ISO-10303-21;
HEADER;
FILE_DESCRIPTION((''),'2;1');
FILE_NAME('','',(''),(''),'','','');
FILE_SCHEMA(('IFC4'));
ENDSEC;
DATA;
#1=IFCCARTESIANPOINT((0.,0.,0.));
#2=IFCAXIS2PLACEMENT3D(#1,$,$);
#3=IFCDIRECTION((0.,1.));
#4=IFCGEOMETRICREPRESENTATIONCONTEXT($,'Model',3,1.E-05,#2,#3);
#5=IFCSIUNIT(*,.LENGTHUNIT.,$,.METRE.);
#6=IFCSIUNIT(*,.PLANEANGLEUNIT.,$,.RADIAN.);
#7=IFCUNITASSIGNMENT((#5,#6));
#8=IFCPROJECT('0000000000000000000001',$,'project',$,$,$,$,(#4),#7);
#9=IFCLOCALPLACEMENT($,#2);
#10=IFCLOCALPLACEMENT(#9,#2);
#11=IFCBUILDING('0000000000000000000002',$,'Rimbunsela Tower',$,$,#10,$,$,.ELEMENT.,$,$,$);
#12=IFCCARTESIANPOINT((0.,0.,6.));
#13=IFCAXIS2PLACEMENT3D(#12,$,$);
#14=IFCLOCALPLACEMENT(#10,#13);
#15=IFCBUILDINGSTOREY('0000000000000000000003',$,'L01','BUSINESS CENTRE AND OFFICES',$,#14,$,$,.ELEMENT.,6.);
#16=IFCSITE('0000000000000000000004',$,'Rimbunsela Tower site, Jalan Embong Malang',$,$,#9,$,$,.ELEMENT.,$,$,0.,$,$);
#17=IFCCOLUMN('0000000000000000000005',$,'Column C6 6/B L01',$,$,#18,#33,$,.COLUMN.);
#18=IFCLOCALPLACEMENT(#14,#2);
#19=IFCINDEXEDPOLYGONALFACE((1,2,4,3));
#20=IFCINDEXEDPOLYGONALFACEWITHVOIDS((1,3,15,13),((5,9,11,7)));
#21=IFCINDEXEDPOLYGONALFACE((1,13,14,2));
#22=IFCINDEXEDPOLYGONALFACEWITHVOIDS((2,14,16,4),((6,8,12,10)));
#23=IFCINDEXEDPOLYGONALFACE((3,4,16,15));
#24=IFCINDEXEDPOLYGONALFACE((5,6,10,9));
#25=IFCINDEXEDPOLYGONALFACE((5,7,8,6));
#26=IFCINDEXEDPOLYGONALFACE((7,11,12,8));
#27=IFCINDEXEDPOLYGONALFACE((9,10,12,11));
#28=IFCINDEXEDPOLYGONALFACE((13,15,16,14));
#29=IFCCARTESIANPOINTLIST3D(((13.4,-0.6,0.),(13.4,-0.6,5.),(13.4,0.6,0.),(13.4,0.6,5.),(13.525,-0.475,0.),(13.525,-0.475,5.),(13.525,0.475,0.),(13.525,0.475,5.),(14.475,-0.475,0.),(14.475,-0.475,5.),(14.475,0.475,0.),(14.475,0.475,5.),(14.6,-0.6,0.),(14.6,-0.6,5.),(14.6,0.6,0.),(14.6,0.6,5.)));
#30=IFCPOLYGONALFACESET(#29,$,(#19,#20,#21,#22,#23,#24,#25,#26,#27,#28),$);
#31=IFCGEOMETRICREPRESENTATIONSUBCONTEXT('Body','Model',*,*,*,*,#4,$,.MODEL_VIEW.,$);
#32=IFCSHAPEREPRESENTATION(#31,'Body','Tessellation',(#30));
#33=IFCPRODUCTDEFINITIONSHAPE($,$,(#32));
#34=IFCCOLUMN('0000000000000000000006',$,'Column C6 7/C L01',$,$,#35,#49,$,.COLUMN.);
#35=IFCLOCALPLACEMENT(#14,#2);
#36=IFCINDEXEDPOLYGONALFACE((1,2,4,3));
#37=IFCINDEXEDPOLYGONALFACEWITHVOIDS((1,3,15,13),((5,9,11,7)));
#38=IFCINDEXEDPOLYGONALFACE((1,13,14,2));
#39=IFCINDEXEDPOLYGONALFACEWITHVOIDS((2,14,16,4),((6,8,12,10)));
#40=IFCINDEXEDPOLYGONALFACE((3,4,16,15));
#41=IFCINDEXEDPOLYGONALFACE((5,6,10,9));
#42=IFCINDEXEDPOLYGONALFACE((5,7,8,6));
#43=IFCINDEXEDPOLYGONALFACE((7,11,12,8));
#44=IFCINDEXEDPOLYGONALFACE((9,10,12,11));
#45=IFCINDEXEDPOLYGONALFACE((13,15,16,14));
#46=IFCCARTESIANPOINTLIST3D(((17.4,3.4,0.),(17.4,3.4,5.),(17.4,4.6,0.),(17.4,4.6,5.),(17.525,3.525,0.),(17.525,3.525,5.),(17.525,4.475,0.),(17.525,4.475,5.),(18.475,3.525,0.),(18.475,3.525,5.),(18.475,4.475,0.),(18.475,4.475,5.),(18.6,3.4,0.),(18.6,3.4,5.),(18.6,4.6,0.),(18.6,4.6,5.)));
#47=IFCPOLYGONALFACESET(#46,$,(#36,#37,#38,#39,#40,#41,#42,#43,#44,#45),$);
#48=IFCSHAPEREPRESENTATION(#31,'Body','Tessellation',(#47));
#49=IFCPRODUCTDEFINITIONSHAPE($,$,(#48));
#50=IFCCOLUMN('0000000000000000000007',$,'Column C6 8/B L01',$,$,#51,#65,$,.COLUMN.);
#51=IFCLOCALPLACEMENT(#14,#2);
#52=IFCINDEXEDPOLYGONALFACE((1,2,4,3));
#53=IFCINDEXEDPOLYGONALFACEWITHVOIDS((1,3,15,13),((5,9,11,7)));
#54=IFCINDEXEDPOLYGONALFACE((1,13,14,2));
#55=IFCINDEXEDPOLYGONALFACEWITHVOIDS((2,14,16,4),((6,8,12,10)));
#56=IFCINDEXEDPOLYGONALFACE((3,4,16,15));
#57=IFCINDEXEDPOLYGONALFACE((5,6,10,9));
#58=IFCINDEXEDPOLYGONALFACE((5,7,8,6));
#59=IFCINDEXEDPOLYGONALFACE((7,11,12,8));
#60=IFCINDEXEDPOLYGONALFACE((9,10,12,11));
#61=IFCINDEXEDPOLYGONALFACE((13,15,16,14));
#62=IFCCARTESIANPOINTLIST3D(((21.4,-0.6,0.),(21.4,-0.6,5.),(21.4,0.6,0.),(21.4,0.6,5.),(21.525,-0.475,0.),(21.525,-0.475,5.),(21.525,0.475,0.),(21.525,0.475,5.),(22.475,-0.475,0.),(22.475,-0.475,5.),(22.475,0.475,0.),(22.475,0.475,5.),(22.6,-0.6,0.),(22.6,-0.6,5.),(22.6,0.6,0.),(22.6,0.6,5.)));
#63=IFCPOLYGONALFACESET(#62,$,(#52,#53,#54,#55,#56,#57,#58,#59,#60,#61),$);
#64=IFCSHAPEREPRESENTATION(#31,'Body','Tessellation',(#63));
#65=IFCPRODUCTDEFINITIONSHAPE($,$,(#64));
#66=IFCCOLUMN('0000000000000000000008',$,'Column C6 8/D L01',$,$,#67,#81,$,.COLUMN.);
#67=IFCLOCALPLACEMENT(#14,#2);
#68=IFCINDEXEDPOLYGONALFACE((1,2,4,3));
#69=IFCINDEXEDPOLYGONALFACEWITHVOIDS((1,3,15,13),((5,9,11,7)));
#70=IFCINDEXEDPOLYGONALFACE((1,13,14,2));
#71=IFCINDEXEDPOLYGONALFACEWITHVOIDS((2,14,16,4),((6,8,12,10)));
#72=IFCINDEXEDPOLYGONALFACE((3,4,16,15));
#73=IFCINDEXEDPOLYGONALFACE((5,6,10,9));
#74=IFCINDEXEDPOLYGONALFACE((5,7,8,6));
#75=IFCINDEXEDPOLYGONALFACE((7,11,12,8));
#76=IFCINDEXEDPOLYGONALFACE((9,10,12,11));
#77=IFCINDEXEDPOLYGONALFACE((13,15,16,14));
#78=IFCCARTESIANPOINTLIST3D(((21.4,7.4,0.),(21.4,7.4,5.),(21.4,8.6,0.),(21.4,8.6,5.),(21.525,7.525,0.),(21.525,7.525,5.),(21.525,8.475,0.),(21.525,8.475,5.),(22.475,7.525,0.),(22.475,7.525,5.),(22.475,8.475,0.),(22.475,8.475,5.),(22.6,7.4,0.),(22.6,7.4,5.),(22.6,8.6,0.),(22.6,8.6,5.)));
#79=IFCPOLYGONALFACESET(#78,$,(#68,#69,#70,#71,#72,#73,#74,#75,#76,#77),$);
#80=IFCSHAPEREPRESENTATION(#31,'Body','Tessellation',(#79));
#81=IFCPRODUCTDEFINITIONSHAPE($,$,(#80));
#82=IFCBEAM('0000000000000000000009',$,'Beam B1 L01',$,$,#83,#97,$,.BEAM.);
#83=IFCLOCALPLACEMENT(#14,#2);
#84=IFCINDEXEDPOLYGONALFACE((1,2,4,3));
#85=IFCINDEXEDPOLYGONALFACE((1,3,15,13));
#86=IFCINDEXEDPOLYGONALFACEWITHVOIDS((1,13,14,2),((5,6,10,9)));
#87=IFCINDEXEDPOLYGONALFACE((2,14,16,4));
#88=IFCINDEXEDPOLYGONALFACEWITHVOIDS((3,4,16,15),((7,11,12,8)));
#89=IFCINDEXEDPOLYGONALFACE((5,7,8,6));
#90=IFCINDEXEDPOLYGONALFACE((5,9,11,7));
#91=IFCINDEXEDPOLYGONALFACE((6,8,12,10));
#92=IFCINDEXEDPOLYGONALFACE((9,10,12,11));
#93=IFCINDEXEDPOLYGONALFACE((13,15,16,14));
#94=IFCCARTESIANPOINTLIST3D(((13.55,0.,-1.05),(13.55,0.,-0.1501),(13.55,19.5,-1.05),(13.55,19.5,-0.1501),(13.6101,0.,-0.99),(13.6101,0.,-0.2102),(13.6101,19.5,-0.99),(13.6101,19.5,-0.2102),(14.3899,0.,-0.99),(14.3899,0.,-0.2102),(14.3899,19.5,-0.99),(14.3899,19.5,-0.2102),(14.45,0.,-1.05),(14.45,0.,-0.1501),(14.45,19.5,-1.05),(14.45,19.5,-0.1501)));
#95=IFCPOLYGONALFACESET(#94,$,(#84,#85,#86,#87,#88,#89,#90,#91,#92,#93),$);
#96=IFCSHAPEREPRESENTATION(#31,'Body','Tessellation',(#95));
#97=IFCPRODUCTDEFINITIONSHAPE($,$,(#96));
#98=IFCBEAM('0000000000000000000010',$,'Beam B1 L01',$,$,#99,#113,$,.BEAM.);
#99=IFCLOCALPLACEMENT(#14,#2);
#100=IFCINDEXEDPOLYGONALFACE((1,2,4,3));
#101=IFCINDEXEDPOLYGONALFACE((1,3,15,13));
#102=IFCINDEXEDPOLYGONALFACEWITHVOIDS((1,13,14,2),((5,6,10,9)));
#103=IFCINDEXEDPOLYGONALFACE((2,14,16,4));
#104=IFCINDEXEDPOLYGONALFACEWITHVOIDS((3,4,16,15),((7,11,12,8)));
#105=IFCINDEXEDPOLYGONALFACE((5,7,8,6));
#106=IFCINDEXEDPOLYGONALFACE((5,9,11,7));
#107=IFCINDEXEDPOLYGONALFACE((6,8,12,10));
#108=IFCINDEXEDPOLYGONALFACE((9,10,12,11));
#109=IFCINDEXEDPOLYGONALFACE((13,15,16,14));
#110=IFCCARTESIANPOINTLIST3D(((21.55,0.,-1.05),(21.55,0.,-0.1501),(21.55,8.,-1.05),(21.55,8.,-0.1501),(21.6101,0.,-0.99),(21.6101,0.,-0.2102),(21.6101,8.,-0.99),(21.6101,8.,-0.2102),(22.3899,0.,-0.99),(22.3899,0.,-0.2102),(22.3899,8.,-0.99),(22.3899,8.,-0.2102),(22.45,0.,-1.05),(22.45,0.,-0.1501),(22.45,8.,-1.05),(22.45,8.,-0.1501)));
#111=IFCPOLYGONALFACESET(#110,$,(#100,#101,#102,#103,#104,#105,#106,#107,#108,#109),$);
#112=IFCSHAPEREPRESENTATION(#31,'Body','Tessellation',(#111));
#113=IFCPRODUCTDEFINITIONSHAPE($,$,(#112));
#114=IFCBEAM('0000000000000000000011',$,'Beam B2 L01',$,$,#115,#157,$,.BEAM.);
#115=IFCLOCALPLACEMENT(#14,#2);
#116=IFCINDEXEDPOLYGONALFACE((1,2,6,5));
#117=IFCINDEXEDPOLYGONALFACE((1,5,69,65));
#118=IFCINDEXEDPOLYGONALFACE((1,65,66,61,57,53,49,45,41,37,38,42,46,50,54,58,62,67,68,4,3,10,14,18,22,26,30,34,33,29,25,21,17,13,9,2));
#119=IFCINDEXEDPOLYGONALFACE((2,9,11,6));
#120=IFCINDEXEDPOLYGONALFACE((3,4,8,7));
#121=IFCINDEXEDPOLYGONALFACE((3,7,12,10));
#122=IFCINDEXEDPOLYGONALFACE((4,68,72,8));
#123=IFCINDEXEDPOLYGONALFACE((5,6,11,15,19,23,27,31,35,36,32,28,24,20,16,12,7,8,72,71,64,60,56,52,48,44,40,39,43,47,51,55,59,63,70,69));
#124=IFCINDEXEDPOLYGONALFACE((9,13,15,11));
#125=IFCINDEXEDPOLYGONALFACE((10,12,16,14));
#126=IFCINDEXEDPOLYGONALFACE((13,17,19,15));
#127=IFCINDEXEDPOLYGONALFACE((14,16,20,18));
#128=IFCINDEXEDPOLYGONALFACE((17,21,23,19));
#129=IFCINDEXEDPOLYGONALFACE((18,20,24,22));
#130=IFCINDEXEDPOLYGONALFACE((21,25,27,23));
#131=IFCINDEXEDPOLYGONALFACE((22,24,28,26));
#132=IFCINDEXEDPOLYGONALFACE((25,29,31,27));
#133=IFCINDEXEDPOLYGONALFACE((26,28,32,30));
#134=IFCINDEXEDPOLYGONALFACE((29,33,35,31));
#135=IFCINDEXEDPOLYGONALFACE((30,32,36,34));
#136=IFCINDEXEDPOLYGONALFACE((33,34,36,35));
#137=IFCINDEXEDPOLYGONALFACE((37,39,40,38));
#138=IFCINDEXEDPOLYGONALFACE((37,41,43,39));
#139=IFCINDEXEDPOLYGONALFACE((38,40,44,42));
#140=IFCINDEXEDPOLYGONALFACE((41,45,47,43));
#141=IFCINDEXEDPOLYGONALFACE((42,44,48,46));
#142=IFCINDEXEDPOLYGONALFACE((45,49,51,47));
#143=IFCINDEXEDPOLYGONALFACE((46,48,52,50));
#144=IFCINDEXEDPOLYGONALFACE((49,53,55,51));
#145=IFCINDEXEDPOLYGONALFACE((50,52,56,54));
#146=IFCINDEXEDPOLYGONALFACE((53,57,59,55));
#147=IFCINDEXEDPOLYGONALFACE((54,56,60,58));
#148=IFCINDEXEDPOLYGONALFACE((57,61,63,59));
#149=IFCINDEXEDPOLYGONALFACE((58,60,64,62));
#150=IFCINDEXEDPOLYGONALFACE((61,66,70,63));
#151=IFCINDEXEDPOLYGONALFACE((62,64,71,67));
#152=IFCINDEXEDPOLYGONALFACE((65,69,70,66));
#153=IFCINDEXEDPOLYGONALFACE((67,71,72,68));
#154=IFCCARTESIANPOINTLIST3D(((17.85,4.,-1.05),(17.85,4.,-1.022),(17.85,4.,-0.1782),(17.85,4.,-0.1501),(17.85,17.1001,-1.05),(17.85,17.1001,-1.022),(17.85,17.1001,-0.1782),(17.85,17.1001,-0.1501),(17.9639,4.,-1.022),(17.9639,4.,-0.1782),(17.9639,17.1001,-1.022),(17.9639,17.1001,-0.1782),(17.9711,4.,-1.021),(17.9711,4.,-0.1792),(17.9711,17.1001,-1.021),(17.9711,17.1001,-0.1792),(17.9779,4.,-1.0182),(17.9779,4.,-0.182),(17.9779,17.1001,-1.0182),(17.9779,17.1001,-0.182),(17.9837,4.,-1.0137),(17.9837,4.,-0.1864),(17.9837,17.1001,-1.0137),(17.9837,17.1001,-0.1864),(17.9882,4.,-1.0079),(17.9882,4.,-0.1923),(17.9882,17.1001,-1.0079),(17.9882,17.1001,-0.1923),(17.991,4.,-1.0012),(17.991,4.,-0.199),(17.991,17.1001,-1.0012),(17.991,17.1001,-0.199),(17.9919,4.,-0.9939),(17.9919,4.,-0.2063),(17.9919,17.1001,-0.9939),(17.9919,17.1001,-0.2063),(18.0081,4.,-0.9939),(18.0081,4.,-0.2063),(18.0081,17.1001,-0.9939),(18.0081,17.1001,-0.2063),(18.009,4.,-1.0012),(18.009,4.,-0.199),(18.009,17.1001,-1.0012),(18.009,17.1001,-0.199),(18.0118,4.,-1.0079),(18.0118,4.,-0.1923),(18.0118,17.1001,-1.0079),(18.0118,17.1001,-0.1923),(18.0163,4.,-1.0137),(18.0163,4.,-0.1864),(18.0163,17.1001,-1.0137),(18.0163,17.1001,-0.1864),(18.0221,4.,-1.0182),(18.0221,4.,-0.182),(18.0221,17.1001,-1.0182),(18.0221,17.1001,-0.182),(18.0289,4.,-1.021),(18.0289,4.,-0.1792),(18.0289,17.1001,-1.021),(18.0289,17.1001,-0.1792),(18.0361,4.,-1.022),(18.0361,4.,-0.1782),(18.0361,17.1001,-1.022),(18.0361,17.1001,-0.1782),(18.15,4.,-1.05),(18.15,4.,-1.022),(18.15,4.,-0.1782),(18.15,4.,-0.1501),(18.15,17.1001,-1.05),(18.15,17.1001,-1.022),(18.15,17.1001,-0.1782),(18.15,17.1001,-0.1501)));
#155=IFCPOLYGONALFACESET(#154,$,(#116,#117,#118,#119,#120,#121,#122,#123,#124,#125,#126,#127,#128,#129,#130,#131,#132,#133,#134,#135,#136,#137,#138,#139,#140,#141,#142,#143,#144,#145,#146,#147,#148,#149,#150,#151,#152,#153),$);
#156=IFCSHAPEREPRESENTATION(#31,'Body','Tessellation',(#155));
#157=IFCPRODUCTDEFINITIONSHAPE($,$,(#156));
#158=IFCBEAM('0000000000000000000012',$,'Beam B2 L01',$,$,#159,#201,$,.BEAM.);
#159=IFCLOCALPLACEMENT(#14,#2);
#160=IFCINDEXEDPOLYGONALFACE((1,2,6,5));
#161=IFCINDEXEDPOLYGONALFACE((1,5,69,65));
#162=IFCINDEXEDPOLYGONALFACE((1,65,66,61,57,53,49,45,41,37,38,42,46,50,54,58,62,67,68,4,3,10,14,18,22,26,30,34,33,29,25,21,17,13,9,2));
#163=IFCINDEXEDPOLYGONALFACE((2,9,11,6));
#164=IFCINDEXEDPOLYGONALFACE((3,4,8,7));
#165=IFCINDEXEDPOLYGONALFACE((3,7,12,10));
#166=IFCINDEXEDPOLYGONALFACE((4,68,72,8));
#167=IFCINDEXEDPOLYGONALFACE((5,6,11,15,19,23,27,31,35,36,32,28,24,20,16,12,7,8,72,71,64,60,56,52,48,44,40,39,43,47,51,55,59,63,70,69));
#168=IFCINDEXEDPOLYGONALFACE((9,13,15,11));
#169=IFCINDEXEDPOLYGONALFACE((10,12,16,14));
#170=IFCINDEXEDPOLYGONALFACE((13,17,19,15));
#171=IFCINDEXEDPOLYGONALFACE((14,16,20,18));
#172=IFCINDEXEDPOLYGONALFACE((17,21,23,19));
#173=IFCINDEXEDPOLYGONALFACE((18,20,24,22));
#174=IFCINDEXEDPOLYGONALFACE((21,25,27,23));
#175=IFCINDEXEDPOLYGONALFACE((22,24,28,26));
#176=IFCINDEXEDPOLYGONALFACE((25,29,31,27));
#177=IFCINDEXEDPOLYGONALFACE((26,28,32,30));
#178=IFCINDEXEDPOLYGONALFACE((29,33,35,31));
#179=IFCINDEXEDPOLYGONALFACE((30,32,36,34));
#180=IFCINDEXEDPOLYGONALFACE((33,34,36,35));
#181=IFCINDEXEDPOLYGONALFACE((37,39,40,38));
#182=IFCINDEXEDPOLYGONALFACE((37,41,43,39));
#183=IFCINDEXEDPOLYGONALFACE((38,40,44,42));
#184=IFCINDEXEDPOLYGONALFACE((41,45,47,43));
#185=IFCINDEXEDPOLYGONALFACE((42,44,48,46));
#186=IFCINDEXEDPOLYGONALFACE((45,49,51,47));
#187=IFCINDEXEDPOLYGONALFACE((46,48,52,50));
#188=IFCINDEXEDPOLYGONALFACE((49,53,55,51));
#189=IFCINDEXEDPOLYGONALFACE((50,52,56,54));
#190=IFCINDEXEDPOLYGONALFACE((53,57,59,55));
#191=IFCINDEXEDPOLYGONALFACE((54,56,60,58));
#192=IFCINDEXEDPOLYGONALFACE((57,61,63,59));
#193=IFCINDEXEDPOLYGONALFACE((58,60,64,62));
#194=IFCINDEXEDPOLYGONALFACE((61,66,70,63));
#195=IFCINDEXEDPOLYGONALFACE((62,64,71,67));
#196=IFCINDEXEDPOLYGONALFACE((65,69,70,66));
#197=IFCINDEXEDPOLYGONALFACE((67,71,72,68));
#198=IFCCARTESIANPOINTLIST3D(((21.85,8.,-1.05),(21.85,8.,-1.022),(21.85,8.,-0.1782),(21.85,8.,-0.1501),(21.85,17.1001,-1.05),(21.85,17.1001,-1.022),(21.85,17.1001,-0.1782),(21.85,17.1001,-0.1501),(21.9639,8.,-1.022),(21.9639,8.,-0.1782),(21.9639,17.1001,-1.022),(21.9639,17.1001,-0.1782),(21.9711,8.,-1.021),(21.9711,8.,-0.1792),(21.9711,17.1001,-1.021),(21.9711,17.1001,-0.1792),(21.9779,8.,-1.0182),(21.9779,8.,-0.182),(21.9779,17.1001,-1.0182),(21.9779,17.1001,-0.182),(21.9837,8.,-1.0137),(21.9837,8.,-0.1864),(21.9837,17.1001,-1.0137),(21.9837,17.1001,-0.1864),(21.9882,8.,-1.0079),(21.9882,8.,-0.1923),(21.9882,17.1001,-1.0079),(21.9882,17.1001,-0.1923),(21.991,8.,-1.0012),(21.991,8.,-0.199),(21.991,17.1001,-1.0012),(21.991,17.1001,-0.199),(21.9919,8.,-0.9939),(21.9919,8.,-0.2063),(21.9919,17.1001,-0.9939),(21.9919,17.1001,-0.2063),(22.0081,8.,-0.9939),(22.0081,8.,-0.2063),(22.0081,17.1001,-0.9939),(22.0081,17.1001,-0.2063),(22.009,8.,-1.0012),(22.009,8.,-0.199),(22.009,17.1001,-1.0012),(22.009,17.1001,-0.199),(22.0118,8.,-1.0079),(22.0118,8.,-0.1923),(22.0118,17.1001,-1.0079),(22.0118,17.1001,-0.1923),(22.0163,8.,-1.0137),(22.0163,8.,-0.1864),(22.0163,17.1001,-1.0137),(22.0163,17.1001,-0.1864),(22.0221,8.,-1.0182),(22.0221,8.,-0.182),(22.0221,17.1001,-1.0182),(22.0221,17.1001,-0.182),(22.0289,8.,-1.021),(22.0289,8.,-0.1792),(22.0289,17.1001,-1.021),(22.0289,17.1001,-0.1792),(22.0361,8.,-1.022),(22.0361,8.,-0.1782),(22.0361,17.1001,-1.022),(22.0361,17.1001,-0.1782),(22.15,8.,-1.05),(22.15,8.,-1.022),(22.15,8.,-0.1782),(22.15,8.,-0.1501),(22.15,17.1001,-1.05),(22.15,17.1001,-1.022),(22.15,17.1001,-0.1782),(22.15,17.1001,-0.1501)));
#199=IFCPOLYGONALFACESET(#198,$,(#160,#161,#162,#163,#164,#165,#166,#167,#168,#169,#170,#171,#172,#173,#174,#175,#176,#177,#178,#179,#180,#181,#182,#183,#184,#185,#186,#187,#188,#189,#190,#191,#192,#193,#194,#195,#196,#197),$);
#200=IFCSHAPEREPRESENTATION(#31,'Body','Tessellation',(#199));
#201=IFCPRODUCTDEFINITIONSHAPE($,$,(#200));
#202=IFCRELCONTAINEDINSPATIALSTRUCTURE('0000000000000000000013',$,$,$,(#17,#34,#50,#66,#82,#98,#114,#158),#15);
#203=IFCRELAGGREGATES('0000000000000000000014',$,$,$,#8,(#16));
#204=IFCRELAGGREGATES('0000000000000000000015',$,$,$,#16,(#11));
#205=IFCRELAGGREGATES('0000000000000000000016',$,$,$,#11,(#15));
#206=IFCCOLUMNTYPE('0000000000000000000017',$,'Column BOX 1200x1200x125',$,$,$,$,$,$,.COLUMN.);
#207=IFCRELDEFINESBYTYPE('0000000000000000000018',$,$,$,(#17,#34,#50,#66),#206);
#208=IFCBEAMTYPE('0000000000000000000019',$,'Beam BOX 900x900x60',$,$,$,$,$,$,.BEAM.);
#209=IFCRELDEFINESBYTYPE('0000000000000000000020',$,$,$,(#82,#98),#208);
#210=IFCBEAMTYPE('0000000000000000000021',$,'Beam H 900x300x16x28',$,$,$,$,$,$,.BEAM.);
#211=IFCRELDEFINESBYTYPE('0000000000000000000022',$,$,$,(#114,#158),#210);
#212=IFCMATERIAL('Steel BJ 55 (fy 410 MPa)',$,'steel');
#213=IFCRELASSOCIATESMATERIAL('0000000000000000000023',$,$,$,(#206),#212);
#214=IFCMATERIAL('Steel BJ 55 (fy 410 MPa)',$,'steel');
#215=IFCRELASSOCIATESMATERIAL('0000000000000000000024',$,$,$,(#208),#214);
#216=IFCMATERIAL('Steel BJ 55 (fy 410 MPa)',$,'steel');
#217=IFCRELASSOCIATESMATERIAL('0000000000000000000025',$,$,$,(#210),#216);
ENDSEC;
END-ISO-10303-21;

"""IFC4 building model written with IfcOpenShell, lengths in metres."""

from ifc_helpers import new_model, si_unit, direction, frame, origin, origin_2d, place, context, subcontext, project, spatial, hollow_rectangle, i_section, extrude, material, material_profile, profile_set, type_object, element, save


model = new_model("IFC4")

# Units and contexts
model_context = context("Model", 3, precision=1e-05, world=origin(), true_north=direction((0.0, 1.0)))
body_context = subcontext(model_context, "Body", "Model", "MODEL_VIEW")
ifc_project = project(units=[si_unit("LENGTHUNIT", "METRE"), si_unit("PLANEANGLEUNIT", "RADIAN")], contexts=[model_context])

# Site, building, storey
site_placement = place(None, origin())
site = spatial("IfcSite", under=ifc_project, at=site_placement, Name="Rimbunsela Tower site, Jalan Embong Malang", CompositionType="ELEMENT", RefElevation=0.0)
building_placement = place(site_placement, origin())
building = spatial("IfcBuilding", under=site, at=building_placement, Name="Rimbunsela Tower", CompositionType="ELEMENT")
storey_placement = place(building_placement, frame((0.0, 0.0, 6.0)))
storey = spatial("IfcBuildingStorey", under=building, at=storey_placement, Name="L01", Description="BUSINESS CENTRE AND OFFICES", CompositionType="ELEMENT", Elevation=6.0)

# Columns
ifc_material_1 = material(Name="Steel BJ 55 (fy 410 MPa)", Category="steel")
ifc_material_profile_1 = material_profile(ifc_material_1, hollow_rectangle(XDim=1.2, YDim=1.2, WallThickness=0.125, at=origin_2d()), Name="BOX 1200x1200x125")
ifc_profile_set_1 = profile_set([ifc_material_profile_1], Name="Steel BJ 55 (fy 410 MPa)")
column_type = type_object("IfcColumnType", Name="Column BOX 1200x1200x125", PredefinedType="COLUMN", material=ifc_profile_set_1)
for number, where, z_axis, x_axis, name in (
    (1, (14.0, 0.0, 0.0), (0.0, 0.0, 1.0), (1.0, 0.0, 0.0), "Column C6 6/B L01"),
    (2, (18.0, 4.0, 0.0), (0.0, 0.0, 1.0), (1.0, 0.0, 0.0), "Column C6 7/C L01"),
    (3, (22.0, 0.0, 0.0), (0.0, 0.0, 1.0), (1.0, 0.0, 0.0), "Column C6 8/B L01"),
    (4, (22.0, 8.0, 0.0), (0.0, 0.0, 1.0), (1.0, 0.0, 0.0), "Column C6 8/D L01"),
):
    element("IfcColumn", number, at=place(storey_placement, frame(where, z_axis=z_axis, x_axis=x_axis)), inside=storey, type_object=column_type, Name=name, PredefinedType="COLUMN", context=body_context, shape_type="SweptSolid", body=[
        extrude(hollow_rectangle(XDim=1.2, YDim=1.2, WallThickness=0.125, at=origin_2d()), origin(), (0.0, 0.0, 1.0), 5.0),
    ])

# Beams
ifc_material_2 = material(Name="Steel BJ 55 (fy 410 MPa)", Category="steel")
ifc_material_profile_2 = material_profile(ifc_material_2, hollow_rectangle(XDim=0.8999, YDim=0.8999, WallThickness=0.0601, at=origin_2d()), Name="BOX 900x900x60")
ifc_profile_set_2 = profile_set([ifc_material_profile_2], Name="Steel BJ 55 (fy 410 MPa)")
beam_type_1 = type_object("IfcBeamType", Name="Beam BOX 900x900x60", PredefinedType="BEAM", material=ifc_profile_set_2)
beam_1_placement = place(storey_placement, frame((14.0, 0.0, -0.6001), z_axis=(0.0, 1.0, 0.0), x_axis=(-1.0, 0.0, 0.0)))
element("IfcBeam", 5, at=beam_1_placement, inside=storey, type_object=beam_type_1, Name="Beam B1 L01", PredefinedType="BEAM", context=body_context, shape_type="SweptSolid", body=[
    extrude(hollow_rectangle(XDim=0.8999, YDim=0.8999, WallThickness=0.0601, at=origin_2d()), origin(), (0.0, 0.0, 1.0), 19.5),
])
beam_2_placement = place(storey_placement, frame((22.0, 0.0, -0.6001), z_axis=(0.0, 1.0, 0.0), x_axis=(-1.0, 0.0, 0.0)))
element("IfcBeam", 6, at=beam_2_placement, inside=storey, type_object=beam_type_1, Name="Beam B1 L01", PredefinedType="BEAM", context=body_context, shape_type="SweptSolid", body=[
    extrude(hollow_rectangle(XDim=0.8999, YDim=0.8999, WallThickness=0.0601, at=origin_2d()), origin(), (0.0, 0.0, 1.0), 8.0),
])
ifc_material_3 = material(Name="Steel BJ 55 (fy 410 MPa)", Category="steel")
ifc_material_profile_3 = material_profile(ifc_material_3, i_section(OverallWidth=0.3, OverallDepth=0.8999, WebThickness=0.0161, FlangeThickness=0.0281, FilletRadius=0.0281, at=origin_2d()), Name="H 900x300x16x28")
ifc_profile_set_3 = profile_set([ifc_material_profile_3], Name="Steel BJ 55 (fy 410 MPa)")
beam_type_2 = type_object("IfcBeamType", Name="Beam H 900x300x16x28", PredefinedType="BEAM", material=ifc_profile_set_3)
beam_3_placement = place(storey_placement, frame((18.0, 4.0, -0.6001), z_axis=(0.0, 1.0, 0.0), x_axis=(-1.0, 0.0, 0.0)))
element("IfcBeam", 7, at=beam_3_placement, inside=storey, type_object=beam_type_2, Name="Beam B2 L01", PredefinedType="BEAM", context=body_context, shape_type="SweptSolid", body=[
    extrude(i_section(OverallWidth=0.3, OverallDepth=0.8999, WebThickness=0.0161, FlangeThickness=0.0281, FilletRadius=0.0281, at=origin_2d()), origin(), (0.0, 0.0, 1.0), 13.1001),
])
beam_4_placement = place(storey_placement, frame((22.0, 8.0, -0.6001), z_axis=(0.0, 1.0, 0.0), x_axis=(-1.0, 0.0, 0.0)))
element("IfcBeam", 8, at=beam_4_placement, inside=storey, type_object=beam_type_2, Name="Beam B2 L01", PredefinedType="BEAM", context=body_context, shape_type="SweptSolid", body=[
    extrude(i_section(OverallWidth=0.3, OverallDepth=0.8999, WebThickness=0.0161, FlangeThickness=0.0281, FilletRadius=0.0281, at=origin_2d()), origin(), (0.0, 0.0, 1.0), 9.1001),
])

save(model, "model.ifc")
